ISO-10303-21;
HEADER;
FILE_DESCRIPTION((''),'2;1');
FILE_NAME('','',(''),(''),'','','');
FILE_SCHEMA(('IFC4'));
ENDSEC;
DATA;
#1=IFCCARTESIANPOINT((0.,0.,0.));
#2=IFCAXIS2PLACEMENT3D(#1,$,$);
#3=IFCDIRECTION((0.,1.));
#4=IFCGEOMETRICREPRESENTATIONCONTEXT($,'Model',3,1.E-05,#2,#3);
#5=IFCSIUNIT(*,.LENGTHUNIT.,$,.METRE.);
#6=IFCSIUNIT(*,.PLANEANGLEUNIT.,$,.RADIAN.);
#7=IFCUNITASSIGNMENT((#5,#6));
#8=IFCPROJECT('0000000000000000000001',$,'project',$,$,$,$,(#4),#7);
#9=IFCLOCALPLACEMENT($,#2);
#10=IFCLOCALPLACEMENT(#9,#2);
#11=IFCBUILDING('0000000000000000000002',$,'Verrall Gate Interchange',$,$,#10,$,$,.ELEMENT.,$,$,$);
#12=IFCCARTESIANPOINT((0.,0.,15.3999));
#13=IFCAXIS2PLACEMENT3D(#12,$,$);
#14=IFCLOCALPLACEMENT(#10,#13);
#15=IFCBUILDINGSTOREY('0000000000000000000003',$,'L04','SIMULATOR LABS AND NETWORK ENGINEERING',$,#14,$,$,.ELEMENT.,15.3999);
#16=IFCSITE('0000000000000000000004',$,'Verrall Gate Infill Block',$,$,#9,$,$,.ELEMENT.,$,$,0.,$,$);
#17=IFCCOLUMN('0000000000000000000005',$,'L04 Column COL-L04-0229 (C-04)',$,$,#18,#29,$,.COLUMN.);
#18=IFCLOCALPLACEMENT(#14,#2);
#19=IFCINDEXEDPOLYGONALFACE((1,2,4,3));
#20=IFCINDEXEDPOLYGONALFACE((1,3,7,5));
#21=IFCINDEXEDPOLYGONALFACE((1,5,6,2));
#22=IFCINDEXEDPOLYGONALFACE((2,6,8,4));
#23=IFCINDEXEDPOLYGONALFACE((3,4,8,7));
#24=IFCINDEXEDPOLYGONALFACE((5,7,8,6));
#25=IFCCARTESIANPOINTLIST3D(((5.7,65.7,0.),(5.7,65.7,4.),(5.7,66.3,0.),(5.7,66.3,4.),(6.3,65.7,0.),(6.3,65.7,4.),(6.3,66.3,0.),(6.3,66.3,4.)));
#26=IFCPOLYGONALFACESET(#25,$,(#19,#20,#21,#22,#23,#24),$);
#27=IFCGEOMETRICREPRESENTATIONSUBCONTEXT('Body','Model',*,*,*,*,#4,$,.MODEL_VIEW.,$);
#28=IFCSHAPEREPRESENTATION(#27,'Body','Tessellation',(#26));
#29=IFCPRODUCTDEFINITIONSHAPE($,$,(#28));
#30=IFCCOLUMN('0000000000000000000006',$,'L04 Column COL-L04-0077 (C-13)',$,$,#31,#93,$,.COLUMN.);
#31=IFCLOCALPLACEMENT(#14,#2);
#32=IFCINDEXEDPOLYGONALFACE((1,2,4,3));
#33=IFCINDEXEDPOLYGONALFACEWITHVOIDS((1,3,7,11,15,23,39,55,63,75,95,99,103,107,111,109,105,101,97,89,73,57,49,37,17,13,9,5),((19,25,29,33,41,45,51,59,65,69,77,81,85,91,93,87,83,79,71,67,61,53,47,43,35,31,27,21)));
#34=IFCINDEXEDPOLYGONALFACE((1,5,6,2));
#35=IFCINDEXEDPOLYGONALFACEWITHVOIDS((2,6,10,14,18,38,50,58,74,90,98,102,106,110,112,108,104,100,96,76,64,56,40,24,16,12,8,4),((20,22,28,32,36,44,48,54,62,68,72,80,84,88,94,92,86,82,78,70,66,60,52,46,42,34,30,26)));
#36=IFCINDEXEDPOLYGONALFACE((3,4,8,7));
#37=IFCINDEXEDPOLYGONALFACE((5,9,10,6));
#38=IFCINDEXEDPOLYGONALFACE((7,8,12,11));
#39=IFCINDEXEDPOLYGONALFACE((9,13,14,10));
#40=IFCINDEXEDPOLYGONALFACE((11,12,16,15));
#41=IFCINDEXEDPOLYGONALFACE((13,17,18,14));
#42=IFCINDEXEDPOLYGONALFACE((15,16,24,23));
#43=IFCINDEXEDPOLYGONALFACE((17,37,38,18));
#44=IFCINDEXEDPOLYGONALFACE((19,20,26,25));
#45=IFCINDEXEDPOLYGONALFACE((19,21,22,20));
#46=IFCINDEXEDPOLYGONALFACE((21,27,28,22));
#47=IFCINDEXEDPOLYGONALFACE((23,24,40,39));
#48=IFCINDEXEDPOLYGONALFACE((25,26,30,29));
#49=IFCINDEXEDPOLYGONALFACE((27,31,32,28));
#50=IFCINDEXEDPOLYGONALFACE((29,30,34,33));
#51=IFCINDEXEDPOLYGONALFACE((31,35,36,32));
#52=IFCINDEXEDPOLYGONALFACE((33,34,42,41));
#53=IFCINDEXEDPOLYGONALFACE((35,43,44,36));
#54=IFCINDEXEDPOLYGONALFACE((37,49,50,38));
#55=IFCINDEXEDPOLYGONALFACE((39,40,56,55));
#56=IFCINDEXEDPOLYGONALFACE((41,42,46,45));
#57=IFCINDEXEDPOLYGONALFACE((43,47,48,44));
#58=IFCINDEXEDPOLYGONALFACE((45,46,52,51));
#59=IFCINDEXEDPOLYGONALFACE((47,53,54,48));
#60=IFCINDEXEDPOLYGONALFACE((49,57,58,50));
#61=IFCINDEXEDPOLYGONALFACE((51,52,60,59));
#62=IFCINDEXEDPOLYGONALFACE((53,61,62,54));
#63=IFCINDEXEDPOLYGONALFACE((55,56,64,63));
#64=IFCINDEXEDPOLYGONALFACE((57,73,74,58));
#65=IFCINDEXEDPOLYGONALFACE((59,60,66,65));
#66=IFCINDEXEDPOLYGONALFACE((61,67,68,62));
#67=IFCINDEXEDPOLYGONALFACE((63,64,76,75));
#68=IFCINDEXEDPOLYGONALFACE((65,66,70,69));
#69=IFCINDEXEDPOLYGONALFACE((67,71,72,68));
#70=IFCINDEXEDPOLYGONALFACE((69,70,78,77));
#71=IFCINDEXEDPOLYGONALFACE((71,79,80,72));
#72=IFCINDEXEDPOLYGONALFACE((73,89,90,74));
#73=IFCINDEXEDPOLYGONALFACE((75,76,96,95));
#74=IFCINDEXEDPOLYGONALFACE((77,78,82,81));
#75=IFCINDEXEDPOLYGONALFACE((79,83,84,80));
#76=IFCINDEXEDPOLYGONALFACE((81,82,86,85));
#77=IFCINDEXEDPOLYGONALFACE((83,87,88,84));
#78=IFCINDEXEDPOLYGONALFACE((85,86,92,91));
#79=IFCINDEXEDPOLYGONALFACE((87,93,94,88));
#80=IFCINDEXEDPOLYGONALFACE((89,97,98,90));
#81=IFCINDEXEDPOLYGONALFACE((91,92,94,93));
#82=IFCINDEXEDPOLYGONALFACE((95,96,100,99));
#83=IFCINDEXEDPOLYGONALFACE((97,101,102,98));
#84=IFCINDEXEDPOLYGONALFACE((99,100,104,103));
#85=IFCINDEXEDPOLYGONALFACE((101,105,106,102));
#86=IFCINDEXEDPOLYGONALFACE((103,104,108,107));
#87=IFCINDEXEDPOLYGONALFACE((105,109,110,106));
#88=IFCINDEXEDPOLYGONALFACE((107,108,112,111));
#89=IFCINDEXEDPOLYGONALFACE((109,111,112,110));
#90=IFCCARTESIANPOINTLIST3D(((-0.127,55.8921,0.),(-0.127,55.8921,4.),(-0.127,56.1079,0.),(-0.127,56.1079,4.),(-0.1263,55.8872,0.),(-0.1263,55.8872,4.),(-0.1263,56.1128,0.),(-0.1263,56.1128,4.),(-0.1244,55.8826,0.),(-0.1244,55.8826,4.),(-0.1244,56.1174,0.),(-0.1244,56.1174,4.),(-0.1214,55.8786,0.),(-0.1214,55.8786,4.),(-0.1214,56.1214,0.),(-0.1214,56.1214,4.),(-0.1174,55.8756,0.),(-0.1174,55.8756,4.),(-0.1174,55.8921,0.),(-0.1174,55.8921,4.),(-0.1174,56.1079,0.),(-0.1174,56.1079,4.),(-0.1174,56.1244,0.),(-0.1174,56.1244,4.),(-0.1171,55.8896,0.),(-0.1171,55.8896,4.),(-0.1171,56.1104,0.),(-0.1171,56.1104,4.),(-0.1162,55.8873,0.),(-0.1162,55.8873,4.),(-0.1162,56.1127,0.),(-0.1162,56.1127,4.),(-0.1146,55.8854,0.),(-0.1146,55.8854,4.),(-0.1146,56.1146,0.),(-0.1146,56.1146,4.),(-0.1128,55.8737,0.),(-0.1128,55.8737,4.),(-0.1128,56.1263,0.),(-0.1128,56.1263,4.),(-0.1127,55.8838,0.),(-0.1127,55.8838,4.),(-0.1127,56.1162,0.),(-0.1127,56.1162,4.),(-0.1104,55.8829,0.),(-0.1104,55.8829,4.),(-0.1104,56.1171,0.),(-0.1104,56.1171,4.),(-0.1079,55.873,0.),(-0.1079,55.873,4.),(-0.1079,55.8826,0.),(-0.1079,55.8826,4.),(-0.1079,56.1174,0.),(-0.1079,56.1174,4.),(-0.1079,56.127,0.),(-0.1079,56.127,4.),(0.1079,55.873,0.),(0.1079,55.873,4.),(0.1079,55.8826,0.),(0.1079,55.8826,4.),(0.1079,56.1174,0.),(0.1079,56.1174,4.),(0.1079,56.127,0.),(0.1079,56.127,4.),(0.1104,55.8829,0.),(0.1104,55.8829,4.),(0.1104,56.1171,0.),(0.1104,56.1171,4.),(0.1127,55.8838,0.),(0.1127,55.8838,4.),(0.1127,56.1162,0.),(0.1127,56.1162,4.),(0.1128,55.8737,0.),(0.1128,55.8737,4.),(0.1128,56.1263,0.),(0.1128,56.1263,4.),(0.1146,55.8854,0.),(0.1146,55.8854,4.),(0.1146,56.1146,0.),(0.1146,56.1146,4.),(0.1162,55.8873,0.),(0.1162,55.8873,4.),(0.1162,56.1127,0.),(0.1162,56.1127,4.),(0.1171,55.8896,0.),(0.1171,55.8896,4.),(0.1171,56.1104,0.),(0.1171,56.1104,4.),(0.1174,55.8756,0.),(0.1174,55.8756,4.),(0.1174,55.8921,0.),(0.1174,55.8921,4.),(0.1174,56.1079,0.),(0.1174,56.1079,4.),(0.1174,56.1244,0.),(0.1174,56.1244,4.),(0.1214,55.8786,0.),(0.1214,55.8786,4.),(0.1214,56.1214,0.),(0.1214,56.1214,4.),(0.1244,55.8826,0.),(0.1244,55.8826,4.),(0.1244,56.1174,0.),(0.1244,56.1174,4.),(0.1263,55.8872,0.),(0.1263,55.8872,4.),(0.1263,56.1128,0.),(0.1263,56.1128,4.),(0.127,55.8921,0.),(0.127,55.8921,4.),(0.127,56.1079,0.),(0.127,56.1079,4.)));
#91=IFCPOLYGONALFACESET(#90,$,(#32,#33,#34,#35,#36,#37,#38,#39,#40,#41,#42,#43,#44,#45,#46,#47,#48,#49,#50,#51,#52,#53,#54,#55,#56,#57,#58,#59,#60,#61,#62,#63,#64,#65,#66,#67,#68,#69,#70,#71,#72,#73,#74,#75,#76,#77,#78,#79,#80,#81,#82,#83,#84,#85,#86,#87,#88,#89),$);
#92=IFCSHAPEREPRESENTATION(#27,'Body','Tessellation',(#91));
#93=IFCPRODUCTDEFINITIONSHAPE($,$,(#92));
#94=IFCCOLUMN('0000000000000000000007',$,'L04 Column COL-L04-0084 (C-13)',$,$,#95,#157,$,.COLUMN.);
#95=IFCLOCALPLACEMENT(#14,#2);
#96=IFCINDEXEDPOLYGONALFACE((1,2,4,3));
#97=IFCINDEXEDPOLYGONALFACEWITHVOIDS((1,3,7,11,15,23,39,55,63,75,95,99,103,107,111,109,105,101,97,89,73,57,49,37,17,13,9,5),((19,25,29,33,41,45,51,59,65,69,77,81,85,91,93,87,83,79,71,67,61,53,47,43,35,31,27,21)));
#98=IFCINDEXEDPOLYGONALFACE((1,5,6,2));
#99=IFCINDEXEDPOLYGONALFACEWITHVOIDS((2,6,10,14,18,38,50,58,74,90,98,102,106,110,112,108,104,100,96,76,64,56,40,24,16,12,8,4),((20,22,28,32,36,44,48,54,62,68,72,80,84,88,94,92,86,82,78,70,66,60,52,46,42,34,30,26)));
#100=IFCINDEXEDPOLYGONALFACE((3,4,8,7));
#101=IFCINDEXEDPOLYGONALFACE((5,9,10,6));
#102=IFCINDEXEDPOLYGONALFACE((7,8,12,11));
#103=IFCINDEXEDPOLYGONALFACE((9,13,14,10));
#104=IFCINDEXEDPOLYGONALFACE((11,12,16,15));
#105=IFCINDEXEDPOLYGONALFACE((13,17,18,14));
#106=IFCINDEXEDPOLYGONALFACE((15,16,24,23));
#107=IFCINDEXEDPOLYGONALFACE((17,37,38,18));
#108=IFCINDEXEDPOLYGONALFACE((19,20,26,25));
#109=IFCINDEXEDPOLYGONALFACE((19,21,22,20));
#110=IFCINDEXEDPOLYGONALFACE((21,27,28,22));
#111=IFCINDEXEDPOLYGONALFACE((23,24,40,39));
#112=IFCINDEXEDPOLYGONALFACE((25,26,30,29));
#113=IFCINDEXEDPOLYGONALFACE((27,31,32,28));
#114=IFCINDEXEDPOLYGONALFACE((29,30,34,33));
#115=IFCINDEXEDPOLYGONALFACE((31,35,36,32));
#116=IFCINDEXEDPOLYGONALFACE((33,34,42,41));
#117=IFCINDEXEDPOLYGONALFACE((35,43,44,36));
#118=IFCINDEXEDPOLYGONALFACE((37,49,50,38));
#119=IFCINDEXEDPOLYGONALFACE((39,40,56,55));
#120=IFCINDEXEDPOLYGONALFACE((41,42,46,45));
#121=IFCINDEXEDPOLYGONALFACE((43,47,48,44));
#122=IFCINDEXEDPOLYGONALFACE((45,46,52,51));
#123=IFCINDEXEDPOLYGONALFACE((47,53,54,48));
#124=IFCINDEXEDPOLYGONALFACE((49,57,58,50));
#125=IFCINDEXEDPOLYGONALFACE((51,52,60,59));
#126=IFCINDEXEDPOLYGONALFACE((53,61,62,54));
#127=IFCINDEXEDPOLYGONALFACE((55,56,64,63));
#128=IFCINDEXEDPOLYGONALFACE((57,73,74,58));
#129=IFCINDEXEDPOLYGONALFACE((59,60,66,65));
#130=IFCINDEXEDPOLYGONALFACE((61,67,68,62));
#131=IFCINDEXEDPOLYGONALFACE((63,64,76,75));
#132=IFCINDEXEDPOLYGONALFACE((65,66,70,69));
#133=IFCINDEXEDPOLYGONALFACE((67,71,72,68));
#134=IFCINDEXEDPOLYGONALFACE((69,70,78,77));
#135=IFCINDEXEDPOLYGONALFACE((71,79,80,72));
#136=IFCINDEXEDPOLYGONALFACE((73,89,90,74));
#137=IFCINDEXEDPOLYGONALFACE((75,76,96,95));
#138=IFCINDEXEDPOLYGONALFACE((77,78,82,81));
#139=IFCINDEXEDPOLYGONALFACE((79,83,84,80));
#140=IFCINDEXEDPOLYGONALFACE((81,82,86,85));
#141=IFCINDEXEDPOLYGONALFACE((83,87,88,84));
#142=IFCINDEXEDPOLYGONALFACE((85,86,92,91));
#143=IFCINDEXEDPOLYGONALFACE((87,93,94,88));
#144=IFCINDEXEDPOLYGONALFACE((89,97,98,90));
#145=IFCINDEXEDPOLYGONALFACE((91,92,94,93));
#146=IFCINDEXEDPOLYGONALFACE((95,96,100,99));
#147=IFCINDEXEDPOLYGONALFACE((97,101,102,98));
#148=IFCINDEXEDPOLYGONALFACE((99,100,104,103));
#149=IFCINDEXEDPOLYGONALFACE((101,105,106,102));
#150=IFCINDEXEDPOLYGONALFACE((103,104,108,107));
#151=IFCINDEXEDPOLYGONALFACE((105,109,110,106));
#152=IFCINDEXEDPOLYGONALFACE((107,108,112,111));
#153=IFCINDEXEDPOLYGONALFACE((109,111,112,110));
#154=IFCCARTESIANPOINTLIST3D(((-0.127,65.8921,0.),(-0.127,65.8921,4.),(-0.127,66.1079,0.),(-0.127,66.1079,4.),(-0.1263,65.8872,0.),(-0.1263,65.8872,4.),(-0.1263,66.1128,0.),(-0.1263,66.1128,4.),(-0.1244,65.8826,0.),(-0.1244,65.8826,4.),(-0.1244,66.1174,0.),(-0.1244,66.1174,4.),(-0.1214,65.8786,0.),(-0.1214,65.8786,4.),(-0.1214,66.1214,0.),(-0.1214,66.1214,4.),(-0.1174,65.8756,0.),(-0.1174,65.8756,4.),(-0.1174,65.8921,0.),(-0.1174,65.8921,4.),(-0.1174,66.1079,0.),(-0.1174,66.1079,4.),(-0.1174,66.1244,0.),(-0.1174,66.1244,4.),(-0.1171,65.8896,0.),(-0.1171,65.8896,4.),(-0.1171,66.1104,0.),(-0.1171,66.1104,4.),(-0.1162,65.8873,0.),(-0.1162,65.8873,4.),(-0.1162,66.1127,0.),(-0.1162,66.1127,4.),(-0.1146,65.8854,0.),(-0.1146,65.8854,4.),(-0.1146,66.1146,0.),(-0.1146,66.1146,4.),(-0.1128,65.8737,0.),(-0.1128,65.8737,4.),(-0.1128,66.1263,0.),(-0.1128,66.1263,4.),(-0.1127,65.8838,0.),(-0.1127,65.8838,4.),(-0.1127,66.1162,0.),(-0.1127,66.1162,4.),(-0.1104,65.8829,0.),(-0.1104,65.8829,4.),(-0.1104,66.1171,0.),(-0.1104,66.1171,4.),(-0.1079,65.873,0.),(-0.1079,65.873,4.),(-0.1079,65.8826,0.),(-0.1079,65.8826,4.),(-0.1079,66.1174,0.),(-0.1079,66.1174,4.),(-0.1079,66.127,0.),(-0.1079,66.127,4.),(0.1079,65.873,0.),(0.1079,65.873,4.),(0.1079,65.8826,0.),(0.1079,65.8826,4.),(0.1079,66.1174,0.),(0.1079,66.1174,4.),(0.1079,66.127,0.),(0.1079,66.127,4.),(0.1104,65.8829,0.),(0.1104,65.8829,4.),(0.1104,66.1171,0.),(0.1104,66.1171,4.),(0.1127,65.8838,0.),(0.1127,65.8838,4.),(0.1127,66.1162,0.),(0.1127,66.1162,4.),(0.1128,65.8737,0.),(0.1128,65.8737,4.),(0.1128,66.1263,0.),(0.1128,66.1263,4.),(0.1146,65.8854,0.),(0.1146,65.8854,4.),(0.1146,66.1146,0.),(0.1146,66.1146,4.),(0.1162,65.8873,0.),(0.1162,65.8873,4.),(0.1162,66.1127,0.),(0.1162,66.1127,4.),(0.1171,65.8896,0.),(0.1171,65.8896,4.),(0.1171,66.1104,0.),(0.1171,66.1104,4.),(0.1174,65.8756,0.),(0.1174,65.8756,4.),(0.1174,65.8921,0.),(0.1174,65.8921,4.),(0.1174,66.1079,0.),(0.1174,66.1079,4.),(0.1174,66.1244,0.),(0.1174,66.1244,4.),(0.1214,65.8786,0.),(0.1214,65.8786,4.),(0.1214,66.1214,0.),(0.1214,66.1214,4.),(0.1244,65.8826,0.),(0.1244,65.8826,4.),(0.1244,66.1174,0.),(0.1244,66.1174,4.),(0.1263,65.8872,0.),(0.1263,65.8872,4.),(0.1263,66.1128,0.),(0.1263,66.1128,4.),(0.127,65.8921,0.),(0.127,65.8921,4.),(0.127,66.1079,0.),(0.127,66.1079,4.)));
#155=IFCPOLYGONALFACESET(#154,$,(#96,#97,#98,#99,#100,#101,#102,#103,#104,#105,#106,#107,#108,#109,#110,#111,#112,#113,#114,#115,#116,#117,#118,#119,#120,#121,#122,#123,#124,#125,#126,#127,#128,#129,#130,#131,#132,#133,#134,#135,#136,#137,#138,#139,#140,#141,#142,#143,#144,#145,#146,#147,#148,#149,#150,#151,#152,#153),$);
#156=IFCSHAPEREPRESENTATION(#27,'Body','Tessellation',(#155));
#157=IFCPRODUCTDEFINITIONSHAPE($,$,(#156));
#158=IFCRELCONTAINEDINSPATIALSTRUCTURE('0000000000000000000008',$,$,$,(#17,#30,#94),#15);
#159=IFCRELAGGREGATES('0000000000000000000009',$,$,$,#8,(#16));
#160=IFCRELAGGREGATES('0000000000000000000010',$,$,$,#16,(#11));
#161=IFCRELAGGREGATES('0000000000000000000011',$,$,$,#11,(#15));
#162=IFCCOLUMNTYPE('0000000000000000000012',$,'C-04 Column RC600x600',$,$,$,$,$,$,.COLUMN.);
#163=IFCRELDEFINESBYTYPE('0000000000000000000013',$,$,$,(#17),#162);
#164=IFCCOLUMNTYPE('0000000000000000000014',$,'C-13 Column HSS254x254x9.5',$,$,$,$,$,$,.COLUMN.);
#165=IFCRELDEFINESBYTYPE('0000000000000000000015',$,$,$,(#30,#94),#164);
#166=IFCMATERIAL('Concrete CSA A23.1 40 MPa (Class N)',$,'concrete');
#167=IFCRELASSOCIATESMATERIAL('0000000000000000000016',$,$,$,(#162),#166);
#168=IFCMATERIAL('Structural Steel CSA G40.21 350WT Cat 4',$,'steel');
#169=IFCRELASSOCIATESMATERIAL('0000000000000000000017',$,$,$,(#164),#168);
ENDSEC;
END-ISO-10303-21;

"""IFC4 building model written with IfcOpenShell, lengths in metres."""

from ifc_helpers import new_model, si_unit, direction, frame, origin, origin_2d, place, context, subcontext, project, spatial, rectangle, hollow_rectangle, extrude, material, material_profile, profile_set, type_object, element, save


model = new_model("IFC4")

# Units and contexts
model_context = context("Model", 3, precision=1e-05, world=origin(), true_north=direction((0.0, 1.0)))
body_context = subcontext(model_context, "Body", "Model", "MODEL_VIEW")
ifc_project = project(units=[si_unit("LENGTHUNIT", "METRE"), si_unit("PLANEANGLEUNIT", "RADIAN")], contexts=[model_context])

# Site, building, storey
site_placement = place(None, origin())
site = spatial("IfcSite", under=ifc_project, at=site_placement, Name="Verrall Gate Infill Block", CompositionType="ELEMENT", RefElevation=0.0)
building_placement = place(site_placement, origin())
building = spatial("IfcBuilding", under=site, at=building_placement, Name="Verrall Gate Interchange", CompositionType="ELEMENT")
storey_placement = place(building_placement, frame((0.0, 0.0, 15.3999)))
storey = spatial("IfcBuildingStorey", under=building, at=storey_placement, Name="L04", Description="SIMULATOR LABS AND NETWORK ENGINEERING", CompositionType="ELEMENT", Elevation=15.3999)

# Columns
ifc_material_1 = material(Name="Concrete CSA A23.1 40 MPa (Class N)", Category="concrete")
ifc_material_profile_1 = material_profile(ifc_material_1, rectangle(XDim=0.6001, YDim=0.6001, at=origin_2d()), Name="RC600x600")
ifc_profile_set_1 = profile_set([ifc_material_profile_1], Name="Concrete CSA A23.1 40 MPa (Class N)")
column_type_1 = type_object("IfcColumnType", Name="C-04 Column RC600x600", PredefinedType="COLUMN", material=ifc_profile_set_1)
column_placement = place(storey_placement, frame((6.0, 66.0, 0.0), z_axis=(0.0, 0.0, 1.0), x_axis=(1.0, 0.0, 0.0)))
element("IfcColumn", 1, at=column_placement, inside=storey, type_object=column_type_1, Name="L04 Column COL-L04-0229 (C-04)", PredefinedType="COLUMN", context=body_context, shape_type="SweptSolid", body=[
    extrude(rectangle(XDim=0.6001, YDim=0.6001, at=origin_2d()), origin(), (0.0, 0.0, 1.0), 4.0),
])
ifc_material_2 = material(Name="Structural Steel CSA G40.21 350WT Cat 4", Category="steel")
ifc_material_profile_2 = material_profile(ifc_material_2, hollow_rectangle(XDim=0.2539, YDim=0.2539, WallThickness=0.0095, InnerFilletRadius=0.0095, OuterFilletRadius=0.019, at=origin_2d()), Name="HSS254x254x9.5")
ifc_profile_set_2 = profile_set([ifc_material_profile_2], Name="Structural Steel CSA G40.21 350WT Cat 4")
column_type_2 = type_object("IfcColumnType", Name="C-13 Column HSS254x254x9.5", PredefinedType="COLUMN", material=ifc_profile_set_2)
for number, where, z_axis, x_axis, name in (
    (2, (0.0, 56.0, 0.0), (0.0, 0.0, 1.0), (1.0, 0.0, 0.0), "L04 Column COL-L04-0077 (C-13)"),
    (3, (0.0, 66.0, 0.0), (0.0, 0.0, 1.0), (1.0, 0.0, 0.0), "L04 Column COL-L04-0084 (C-13)"),
):
    element("IfcColumn", number, at=place(storey_placement, frame(where, z_axis=z_axis, x_axis=x_axis)), inside=storey, type_object=column_type_2, Name=name, PredefinedType="COLUMN", context=body_context, shape_type="SweptSolid", body=[
        extrude(hollow_rectangle(XDim=0.2539, YDim=0.2539, WallThickness=0.0095, InnerFilletRadius=0.0095, OuterFilletRadius=0.019, at=origin_2d()), origin(), (0.0, 0.0, 1.0), 4.0),
    ])

save(model, "model.ifc")
